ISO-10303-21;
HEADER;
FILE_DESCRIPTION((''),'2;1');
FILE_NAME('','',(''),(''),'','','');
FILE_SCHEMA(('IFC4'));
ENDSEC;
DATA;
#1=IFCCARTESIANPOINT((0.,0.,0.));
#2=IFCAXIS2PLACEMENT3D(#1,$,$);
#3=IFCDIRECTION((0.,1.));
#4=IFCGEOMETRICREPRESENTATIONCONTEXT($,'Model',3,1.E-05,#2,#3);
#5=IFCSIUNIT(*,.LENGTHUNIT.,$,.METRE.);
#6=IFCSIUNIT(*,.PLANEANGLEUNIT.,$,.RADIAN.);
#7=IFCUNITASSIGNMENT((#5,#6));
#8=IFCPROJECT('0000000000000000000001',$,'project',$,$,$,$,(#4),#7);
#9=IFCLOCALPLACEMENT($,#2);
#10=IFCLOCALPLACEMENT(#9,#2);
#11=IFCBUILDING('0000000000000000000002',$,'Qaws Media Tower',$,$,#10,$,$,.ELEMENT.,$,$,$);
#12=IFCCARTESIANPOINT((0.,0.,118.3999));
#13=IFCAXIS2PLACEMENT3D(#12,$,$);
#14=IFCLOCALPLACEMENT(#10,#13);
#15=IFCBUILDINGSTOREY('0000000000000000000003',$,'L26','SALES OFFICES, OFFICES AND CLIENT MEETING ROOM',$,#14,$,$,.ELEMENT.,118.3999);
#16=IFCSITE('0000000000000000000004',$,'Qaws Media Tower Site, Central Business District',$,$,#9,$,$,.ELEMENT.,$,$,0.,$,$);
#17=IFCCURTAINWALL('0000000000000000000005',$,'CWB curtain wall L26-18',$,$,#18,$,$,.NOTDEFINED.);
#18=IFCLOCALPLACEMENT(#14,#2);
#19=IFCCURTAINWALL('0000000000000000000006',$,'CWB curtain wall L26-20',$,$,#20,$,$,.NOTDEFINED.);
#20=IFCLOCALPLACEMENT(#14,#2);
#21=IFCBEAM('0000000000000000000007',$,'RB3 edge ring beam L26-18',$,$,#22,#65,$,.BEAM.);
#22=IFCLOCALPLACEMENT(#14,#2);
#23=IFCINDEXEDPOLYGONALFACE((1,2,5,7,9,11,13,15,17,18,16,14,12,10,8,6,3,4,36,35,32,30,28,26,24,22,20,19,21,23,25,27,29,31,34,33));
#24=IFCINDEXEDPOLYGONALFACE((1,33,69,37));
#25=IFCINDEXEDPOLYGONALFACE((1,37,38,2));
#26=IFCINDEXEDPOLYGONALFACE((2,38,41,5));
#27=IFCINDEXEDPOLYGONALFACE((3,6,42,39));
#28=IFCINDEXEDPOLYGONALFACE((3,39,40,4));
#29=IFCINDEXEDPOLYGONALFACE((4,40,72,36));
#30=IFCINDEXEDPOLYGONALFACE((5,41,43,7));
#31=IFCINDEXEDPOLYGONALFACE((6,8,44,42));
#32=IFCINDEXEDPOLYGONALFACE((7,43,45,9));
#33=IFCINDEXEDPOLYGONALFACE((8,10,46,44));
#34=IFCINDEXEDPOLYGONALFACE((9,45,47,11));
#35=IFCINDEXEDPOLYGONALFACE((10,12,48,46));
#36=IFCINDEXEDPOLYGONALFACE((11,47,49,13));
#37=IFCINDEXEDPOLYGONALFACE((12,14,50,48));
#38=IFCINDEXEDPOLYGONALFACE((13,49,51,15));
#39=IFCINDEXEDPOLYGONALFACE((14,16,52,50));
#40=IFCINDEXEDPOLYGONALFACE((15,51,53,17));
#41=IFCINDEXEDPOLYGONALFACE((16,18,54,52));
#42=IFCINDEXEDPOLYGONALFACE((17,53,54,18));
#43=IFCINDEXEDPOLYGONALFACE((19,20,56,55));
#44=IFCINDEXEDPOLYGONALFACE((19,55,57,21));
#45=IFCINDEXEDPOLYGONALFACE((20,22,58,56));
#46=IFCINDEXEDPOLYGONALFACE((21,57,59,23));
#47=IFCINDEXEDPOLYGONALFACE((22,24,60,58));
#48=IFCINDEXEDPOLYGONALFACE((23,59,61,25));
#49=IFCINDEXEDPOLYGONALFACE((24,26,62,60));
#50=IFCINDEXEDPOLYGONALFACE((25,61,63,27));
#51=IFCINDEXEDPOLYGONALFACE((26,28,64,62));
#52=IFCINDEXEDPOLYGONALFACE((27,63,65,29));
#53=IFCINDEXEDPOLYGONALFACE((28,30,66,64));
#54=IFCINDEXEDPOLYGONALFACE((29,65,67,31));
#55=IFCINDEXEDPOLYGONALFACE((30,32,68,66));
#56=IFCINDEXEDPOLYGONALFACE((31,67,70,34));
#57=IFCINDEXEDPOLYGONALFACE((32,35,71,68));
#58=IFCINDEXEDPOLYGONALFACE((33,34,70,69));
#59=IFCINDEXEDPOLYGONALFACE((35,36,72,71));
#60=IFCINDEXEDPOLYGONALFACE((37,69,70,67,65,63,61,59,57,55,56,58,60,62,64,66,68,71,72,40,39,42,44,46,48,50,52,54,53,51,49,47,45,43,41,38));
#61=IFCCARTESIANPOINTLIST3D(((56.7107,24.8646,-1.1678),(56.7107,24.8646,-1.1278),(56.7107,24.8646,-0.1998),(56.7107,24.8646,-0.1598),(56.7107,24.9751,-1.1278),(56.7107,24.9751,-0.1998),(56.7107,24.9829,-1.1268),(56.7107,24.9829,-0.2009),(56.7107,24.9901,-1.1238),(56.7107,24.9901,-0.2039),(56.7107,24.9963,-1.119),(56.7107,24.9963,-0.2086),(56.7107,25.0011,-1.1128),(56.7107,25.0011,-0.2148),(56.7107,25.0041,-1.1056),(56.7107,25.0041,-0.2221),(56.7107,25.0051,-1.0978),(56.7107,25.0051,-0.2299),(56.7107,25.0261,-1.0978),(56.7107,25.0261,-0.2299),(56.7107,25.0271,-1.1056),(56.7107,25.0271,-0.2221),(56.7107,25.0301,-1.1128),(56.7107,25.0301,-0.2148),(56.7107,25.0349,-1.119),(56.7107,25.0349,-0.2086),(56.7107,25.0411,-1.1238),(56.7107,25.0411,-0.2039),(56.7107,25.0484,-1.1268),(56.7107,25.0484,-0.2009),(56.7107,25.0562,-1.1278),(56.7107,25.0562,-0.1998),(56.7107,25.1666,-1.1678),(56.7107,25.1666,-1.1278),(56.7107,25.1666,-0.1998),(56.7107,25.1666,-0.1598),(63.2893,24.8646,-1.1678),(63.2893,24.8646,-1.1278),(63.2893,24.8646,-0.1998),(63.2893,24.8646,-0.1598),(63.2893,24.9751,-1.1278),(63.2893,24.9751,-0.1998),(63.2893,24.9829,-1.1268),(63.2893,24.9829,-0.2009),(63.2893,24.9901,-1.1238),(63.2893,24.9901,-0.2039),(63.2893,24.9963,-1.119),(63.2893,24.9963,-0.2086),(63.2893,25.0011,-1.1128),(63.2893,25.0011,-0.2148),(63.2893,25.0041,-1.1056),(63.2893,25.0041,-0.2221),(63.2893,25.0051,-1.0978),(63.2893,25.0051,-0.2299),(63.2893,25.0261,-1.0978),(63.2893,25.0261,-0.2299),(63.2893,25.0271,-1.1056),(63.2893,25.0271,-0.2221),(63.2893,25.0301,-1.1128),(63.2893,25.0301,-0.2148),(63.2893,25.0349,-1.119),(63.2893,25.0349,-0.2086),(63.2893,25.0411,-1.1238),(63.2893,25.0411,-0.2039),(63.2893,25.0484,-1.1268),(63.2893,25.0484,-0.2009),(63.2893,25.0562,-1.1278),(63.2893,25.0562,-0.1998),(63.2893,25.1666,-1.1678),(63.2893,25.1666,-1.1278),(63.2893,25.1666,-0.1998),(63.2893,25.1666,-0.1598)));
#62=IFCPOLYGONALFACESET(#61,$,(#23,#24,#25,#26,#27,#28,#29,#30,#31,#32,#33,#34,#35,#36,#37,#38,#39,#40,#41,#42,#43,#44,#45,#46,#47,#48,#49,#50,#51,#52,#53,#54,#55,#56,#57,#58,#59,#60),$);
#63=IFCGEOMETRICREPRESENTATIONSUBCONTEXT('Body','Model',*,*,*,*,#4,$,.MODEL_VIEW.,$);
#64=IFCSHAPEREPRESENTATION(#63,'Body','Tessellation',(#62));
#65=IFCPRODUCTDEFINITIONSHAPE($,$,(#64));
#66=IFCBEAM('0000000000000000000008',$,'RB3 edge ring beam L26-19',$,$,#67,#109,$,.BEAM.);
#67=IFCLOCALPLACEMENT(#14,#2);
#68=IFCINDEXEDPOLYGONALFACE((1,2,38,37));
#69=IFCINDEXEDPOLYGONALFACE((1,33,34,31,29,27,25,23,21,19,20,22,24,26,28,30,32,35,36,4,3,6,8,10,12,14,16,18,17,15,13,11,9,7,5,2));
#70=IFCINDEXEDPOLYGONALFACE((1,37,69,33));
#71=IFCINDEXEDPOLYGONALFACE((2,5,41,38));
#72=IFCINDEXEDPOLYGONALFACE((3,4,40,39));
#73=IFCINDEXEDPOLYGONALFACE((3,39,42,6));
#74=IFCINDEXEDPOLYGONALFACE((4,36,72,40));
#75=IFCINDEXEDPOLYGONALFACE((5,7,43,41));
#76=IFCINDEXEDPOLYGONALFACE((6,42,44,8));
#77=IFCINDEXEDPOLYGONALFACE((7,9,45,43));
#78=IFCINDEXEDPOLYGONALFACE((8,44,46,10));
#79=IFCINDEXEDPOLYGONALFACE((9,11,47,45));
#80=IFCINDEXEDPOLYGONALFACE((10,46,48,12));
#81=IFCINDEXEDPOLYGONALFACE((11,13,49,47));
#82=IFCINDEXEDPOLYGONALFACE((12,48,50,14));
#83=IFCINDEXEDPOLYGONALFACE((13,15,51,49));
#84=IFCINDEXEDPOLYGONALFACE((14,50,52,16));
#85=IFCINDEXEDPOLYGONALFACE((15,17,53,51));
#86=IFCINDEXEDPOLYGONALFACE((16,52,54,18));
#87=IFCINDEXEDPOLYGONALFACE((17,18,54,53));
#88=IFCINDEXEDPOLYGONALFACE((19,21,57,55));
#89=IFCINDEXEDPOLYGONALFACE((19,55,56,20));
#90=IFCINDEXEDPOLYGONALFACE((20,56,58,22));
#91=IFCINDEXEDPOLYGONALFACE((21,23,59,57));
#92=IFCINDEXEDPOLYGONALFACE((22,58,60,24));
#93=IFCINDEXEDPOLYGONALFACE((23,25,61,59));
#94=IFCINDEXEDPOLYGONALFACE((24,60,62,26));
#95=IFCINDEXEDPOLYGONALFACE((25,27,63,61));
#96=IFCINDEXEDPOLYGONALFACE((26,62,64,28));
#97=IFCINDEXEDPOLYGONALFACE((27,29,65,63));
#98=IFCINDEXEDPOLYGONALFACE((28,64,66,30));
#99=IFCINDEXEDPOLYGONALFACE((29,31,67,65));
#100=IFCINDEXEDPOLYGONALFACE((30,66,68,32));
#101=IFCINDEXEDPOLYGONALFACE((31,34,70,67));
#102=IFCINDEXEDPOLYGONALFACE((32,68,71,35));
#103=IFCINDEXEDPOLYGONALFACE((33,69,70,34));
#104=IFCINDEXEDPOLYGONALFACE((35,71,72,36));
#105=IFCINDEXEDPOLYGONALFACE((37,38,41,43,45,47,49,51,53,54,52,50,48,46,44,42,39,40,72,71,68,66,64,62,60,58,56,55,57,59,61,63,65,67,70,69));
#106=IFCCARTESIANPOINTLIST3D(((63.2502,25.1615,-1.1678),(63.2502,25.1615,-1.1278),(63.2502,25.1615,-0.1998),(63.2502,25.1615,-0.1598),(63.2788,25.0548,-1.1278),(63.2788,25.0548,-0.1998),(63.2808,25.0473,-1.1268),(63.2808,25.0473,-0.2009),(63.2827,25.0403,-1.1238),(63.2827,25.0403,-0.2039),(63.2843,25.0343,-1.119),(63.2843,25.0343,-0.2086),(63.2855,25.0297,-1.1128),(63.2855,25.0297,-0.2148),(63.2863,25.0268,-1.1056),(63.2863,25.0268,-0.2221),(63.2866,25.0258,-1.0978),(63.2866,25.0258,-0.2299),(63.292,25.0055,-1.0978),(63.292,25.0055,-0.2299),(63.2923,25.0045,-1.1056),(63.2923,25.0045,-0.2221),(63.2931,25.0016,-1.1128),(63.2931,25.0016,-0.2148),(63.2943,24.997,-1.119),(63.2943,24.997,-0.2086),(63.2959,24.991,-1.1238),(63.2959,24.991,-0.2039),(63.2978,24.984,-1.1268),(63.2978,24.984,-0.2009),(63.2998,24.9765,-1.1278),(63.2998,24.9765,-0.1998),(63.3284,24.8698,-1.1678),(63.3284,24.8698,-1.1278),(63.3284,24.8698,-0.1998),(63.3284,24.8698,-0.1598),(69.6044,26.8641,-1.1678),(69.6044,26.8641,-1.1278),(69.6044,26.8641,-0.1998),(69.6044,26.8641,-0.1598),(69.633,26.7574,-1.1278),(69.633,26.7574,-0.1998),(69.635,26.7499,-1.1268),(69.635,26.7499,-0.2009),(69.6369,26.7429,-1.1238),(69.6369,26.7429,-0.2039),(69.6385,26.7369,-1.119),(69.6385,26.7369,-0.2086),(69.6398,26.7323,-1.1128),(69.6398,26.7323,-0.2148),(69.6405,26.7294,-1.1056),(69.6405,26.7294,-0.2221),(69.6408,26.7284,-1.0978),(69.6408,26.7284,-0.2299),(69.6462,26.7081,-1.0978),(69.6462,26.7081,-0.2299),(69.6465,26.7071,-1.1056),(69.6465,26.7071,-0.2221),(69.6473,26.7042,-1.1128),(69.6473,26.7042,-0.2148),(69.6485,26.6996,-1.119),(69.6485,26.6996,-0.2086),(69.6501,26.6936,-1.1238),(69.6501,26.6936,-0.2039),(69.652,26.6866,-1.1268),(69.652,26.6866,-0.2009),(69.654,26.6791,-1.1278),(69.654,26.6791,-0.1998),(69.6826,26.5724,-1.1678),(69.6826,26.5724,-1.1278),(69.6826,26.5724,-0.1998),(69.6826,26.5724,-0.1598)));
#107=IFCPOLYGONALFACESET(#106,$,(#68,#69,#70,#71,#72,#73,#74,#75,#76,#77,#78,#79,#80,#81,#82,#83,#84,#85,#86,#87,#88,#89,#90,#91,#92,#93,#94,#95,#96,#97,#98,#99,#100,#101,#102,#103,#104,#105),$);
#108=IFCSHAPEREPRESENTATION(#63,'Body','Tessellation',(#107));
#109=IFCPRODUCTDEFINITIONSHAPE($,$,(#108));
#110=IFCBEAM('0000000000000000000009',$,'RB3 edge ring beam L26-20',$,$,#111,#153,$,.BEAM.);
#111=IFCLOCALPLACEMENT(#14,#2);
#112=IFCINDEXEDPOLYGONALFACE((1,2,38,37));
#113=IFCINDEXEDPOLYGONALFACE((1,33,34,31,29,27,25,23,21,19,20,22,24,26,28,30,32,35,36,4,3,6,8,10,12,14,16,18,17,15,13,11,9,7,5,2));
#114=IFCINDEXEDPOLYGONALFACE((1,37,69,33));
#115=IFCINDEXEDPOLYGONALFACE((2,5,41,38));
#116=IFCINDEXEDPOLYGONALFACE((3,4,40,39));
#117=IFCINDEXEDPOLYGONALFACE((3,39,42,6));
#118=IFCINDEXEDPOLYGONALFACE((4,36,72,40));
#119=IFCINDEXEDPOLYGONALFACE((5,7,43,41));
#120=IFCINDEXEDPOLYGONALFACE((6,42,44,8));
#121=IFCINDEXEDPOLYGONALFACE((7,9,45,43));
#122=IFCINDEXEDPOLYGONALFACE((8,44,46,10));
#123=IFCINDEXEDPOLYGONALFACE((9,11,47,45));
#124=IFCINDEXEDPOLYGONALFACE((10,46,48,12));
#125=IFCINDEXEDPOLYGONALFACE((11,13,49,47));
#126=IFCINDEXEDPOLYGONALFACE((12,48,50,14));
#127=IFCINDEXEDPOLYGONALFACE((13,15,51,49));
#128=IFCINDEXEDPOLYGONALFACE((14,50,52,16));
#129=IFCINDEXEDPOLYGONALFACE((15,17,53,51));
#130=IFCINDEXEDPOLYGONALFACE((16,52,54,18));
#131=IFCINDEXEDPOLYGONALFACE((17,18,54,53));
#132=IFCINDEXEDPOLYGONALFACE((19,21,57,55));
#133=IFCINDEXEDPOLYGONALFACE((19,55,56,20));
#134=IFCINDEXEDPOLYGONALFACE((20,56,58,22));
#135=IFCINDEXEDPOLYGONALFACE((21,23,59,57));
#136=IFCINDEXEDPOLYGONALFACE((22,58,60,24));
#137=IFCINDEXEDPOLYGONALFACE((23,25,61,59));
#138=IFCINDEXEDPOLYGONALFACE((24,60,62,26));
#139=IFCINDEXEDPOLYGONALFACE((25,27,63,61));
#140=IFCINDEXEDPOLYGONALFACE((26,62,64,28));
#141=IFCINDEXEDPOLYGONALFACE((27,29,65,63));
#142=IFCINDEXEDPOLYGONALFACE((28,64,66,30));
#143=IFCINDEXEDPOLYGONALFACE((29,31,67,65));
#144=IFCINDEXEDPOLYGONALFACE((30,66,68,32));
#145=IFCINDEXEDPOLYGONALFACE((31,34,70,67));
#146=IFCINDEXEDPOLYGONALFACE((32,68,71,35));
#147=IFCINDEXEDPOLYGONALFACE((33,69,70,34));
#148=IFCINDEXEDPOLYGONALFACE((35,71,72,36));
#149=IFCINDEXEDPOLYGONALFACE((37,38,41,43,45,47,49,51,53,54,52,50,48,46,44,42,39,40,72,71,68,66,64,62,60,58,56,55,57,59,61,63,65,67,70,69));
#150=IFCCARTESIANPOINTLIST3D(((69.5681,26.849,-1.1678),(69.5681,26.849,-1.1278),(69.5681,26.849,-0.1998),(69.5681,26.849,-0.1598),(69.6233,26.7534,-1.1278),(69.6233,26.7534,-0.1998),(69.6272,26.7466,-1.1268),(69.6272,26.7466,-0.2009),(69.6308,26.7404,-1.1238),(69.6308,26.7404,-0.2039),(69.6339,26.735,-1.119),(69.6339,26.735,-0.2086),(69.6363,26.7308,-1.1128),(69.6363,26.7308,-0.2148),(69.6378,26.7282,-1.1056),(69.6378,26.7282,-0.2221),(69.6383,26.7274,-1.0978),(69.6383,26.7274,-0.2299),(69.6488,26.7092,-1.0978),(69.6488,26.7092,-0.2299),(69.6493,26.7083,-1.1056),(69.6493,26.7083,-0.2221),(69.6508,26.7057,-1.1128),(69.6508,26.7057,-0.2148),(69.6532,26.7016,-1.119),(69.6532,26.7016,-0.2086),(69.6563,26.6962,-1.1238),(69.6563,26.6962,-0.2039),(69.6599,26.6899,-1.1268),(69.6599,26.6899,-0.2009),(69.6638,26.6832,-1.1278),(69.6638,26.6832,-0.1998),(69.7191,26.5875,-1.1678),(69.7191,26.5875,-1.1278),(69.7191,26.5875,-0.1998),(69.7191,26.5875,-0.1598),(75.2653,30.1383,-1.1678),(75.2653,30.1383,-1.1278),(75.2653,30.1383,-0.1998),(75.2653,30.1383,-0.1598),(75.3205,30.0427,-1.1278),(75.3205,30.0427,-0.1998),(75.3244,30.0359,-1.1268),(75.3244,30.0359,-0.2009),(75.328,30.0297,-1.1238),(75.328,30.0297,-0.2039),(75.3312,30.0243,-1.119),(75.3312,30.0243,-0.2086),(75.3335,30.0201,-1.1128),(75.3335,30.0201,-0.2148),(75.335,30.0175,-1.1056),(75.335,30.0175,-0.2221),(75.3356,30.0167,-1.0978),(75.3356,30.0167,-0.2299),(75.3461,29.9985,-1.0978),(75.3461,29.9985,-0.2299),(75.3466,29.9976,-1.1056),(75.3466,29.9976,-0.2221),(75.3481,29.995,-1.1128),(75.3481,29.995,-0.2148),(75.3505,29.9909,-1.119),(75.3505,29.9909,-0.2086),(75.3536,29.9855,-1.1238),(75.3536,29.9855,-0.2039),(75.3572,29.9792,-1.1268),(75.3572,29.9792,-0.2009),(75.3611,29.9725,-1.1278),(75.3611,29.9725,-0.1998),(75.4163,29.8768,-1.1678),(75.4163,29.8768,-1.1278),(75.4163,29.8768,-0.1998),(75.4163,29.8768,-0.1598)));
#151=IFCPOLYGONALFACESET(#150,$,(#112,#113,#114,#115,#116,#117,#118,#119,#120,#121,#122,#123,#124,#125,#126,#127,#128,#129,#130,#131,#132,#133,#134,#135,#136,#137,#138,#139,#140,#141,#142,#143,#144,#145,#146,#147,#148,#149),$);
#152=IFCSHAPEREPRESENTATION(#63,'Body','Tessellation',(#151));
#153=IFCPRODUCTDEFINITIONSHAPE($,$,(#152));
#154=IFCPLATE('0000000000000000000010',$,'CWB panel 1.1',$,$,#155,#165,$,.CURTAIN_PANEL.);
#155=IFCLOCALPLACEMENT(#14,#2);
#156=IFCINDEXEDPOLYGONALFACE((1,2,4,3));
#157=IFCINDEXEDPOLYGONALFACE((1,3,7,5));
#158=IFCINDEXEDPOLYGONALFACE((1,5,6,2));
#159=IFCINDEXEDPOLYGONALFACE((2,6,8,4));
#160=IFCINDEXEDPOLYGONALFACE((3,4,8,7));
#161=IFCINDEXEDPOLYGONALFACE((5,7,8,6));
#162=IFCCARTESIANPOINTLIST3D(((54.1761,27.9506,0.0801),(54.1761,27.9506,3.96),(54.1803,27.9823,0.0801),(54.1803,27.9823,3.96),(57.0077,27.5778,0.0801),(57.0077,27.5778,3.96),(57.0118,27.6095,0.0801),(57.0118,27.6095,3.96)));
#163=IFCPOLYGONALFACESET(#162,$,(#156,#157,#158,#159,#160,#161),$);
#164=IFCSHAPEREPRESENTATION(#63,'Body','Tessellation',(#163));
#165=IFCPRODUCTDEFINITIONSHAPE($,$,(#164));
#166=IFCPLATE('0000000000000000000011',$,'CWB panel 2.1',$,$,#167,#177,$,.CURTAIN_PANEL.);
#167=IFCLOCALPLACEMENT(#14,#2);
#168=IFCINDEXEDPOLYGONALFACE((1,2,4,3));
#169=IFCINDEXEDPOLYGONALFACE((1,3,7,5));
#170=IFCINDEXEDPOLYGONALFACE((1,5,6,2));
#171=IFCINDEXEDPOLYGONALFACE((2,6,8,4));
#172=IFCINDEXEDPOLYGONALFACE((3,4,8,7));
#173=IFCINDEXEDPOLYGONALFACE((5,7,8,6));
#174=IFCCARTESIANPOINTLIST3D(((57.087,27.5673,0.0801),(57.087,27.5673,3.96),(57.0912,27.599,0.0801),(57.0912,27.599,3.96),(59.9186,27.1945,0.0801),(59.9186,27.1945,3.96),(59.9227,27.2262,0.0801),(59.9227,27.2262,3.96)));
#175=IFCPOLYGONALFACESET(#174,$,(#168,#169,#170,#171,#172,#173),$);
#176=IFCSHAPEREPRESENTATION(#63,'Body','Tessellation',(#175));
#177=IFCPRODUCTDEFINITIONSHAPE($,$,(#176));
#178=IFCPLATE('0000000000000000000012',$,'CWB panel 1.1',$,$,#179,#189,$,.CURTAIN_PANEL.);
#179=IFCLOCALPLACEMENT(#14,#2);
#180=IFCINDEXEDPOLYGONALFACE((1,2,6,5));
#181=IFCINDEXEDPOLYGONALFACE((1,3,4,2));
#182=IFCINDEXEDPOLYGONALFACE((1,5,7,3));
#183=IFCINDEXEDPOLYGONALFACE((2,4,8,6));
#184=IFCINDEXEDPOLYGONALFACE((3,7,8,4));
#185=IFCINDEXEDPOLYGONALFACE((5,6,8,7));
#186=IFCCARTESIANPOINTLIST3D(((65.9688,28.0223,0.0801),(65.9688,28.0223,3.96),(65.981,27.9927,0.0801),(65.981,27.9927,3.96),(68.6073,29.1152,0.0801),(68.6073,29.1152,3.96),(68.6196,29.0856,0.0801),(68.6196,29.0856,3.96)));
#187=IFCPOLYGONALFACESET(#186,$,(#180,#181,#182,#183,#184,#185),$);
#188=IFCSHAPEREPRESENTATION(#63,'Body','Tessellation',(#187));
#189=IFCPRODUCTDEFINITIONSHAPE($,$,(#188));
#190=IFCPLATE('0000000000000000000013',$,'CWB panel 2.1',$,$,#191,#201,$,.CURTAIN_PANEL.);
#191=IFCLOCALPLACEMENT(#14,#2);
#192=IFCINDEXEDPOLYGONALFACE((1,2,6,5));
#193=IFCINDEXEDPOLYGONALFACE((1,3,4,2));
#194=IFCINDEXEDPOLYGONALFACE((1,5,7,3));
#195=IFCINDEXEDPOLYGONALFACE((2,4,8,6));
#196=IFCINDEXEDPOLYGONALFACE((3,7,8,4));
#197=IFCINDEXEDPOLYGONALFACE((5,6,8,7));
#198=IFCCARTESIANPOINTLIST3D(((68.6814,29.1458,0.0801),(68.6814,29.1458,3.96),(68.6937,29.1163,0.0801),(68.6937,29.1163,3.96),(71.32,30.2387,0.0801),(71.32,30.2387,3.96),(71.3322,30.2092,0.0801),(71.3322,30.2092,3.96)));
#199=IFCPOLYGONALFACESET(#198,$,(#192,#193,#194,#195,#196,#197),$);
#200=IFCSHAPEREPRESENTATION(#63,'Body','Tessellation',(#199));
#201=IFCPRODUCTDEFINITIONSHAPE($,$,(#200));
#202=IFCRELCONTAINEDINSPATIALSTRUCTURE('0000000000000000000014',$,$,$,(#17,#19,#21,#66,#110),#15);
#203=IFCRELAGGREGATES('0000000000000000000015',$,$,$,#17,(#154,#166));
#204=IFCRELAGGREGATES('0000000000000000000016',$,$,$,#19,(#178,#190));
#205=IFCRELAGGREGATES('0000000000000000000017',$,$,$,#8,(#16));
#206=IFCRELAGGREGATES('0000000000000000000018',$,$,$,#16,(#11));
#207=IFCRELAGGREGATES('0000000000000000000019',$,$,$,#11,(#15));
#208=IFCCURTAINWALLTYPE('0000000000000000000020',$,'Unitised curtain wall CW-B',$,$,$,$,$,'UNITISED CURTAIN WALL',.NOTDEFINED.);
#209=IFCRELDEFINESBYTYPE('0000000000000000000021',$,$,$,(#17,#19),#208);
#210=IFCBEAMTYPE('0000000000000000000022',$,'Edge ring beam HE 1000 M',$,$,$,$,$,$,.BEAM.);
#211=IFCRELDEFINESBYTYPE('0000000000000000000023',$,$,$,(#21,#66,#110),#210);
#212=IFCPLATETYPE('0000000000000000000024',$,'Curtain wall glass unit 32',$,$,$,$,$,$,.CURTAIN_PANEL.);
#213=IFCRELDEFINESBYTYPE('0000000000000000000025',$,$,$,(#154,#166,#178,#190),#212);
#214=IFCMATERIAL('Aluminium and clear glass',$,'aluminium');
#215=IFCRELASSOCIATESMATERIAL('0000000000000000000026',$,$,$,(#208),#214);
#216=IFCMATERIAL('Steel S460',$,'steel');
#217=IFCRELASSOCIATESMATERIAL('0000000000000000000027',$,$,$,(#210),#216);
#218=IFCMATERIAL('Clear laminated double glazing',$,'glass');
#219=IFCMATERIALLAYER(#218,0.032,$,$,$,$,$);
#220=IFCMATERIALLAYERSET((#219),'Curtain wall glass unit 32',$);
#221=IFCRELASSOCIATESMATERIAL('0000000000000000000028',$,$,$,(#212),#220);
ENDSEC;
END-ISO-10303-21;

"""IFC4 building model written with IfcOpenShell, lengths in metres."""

from ifc_helpers import new_model, si_unit, direction, frame, origin, origin_2d, place, context, subcontext, project, spatial, rectangle, i_section, extrude, material, layer, layer_set, material_profile, profile_set, type_object, element, aggregate, save


model = new_model("IFC4")

# Units and contexts
model_context = context("Model", 3, precision=1e-05, world=origin(), true_north=direction((0.0, 1.0)))
body_context = subcontext(model_context, "Body", "Model", "MODEL_VIEW")
ifc_project = project(units=[si_unit("LENGTHUNIT", "METRE"), si_unit("PLANEANGLEUNIT", "RADIAN")], contexts=[model_context])

# Site, building, storey
site_placement = place(None, origin())
site = spatial("IfcSite", under=ifc_project, at=site_placement, Name="Qaws Media Tower Site, Central Business District", CompositionType="ELEMENT", RefElevation=0.0)
building_placement = place(site_placement, origin())
building = spatial("IfcBuilding", under=site, at=building_placement, Name="Qaws Media Tower", CompositionType="ELEMENT")
storey_placement = place(building_placement, frame((0.0, 0.0, 118.3999)))
storey = spatial("IfcBuildingStorey", under=building, at=storey_placement, Name="L26", Description="SALES OFFICES, OFFICES AND CLIENT MEETING ROOM", CompositionType="ELEMENT", Elevation=118.3999)

# Curtain walls
ifc_material_1 = material(Name="Aluminium and clear glass", Category="aluminium")
curtain_wall_type = type_object("IfcCurtainWallType", Name="Unitised curtain wall CW-B", ElementType="UNITISED CURTAIN WALL", PredefinedType="NOTDEFINED", material=ifc_material_1)
curtain_wall_1_placement = place(storey_placement, origin())
curtain_wall_1 = element("IfcCurtainWall", 1, at=curtain_wall_1_placement, inside=storey, type_object=curtain_wall_type, Name="CWB curtain wall L26-18", PredefinedType="NOTDEFINED")
curtain_wall_2_placement = place(storey_placement, origin())
curtain_wall_2 = element("IfcCurtainWall", 2, at=curtain_wall_2_placement, inside=storey, type_object=curtain_wall_type, Name="CWB curtain wall L26-20", PredefinedType="NOTDEFINED")

# Beams
ifc_material_2 = material(Name="Steel S460", Category="steel")
ifc_material_profile_1 = material_profile(ifc_material_2, i_section(OverallWidth=0.302, OverallDepth=1.0081, WebThickness=0.021, FlangeThickness=0.04, FilletRadius=0.03, at=origin_2d()), Name="HE 1000 M")
ifc_profile_set_1 = profile_set([ifc_material_profile_1], Name="Steel S460")
beam_type = type_object("IfcBeamType", Name="Edge ring beam HE 1000 M", PredefinedType="BEAM", material=ifc_profile_set_1)
beam_1_placement = place(storey_placement, frame((56.7107, 25.0156, -0.6638), z_axis=(1.0, 0.0, 0.0), x_axis=(0.0, 1.0, 0.0)))
element("IfcBeam", 3, at=beam_1_placement, inside=storey, type_object=beam_type, Name="RB3 edge ring beam L26-18", PredefinedType="BEAM", context=body_context, shape_type="SweptSolid", body=[
    extrude(i_section(OverallWidth=0.302, OverallDepth=1.0081, WebThickness=0.021, FlangeThickness=0.04, FilletRadius=0.03, at=origin_2d()), origin(), (0.0, 0.0, 1.0), 6.5786),
])
beam_2_placement = place(storey_placement, frame((63.2893, 25.0156, -0.6638), z_axis=(0.965925, 0.258822, 0.0), x_axis=(-0.258822, 0.965925, 0.0)))
element("IfcBeam", 4, at=beam_2_placement, inside=storey, type_object=beam_type, Name="RB3 edge ring beam L26-19", PredefinedType="BEAM", context=body_context, shape_type="SweptSolid", body=[
    extrude(i_section(OverallWidth=0.302, OverallDepth=1.0081, WebThickness=0.021, FlangeThickness=0.04, FilletRadius=0.03, at=origin_2d()), origin(), (0.0, 0.0, 1.0), 6.5784),
])
beam_3_placement = place(storey_placement, frame((69.6436, 26.7183, -0.6638), z_axis=(0.866026, 0.499999, 0.0), x_axis=(-0.499999, 0.866026, 0.0)))
element("IfcBeam", 5, at=beam_3_placement, inside=storey, type_object=beam_type, Name="RB3 edge ring beam L26-20", PredefinedType="BEAM", context=body_context, shape_type="SweptSolid", body=[
    extrude(i_section(OverallWidth=0.302, OverallDepth=1.0081, WebThickness=0.021, FlangeThickness=0.04, FilletRadius=0.03, at=origin_2d()), origin(), (0.0, 0.0, 1.0), 6.5786),
])

# Plates
ifc_material_3 = material(Name="Clear laminated double glazing", Category="glass")
ifc_layer_1 = layer(ifc_material_3, 0.032)
ifc_layer_set_1 = layer_set([ifc_layer_1], Name="Curtain wall glass unit 32")
plate_type_1 = type_object("IfcPlateType", Name="Curtain wall glass unit 32", PredefinedType="CURTAIN_PANEL", material=ifc_layer_set_1)
plate_1_placement = place(storey_placement, frame((55.594, 27.78, 0.0801), z_axis=(0.0, 0.0, 1.0), x_axis=(0.991445, -0.130526, 0.0)))
plate_1 = element("IfcPlate", 6, at=plate_1_placement, type_object=plate_type_1, Name="CWB panel 1.1", PredefinedType="CURTAIN_PANEL", context=body_context, shape_type="SweptSolid", body=[
    extrude(rectangle(XDim=2.856, YDim=0.032, at=origin_2d()), origin(), (0.0, 0.0, 1.0), 3.8799),
])
plate_2_placement = place(storey_placement, frame((58.5049, 27.3967, 0.0801), z_axis=(0.0, 0.0, 1.0), x_axis=(0.991445, -0.130526, 0.0)))
plate_2 = element("IfcPlate", 7, at=plate_2_placement, type_object=plate_type_1, Name="CWB panel 2.1", PredefinedType="CURTAIN_PANEL", context=body_context, shape_type="SweptSolid", body=[
    extrude(rectangle(XDim=2.856, YDim=0.032, at=origin_2d()), origin(), (0.0, 0.0, 1.0), 3.8799),
])
aggregate(curtain_wall_1, [plate_1, plate_2])
plate_3_placement = place(storey_placement, frame((67.2942, 28.554, 0.0801), z_axis=(0.0, 0.0, 1.0), x_axis=(0.92388, 0.382683, 0.0)))
plate_3 = element("IfcPlate", 8, at=plate_3_placement, type_object=plate_type_1, Name="CWB panel 1.1", PredefinedType="CURTAIN_PANEL", context=body_context, shape_type="SweptSolid", body=[
    extrude(rectangle(XDim=2.856, YDim=0.032, at=origin_2d()), origin(), (0.0, 0.0, 1.0), 3.8799),
])
plate_4_placement = place(storey_placement, frame((70.0068, 29.6775, 0.0801), z_axis=(0.0, 0.0, 1.0), x_axis=(0.92388, 0.382683, 0.0)))
plate_4 = element("IfcPlate", 9, at=plate_4_placement, type_object=plate_type_1, Name="CWB panel 2.1", PredefinedType="CURTAIN_PANEL", context=body_context, shape_type="SweptSolid", body=[
    extrude(rectangle(XDim=2.856, YDim=0.032, at=origin_2d()), origin(), (0.0, 0.0, 1.0), 3.8799),
])
aggregate(curtain_wall_2, [plate_3, plate_4])

save(model, "model.ifc")
